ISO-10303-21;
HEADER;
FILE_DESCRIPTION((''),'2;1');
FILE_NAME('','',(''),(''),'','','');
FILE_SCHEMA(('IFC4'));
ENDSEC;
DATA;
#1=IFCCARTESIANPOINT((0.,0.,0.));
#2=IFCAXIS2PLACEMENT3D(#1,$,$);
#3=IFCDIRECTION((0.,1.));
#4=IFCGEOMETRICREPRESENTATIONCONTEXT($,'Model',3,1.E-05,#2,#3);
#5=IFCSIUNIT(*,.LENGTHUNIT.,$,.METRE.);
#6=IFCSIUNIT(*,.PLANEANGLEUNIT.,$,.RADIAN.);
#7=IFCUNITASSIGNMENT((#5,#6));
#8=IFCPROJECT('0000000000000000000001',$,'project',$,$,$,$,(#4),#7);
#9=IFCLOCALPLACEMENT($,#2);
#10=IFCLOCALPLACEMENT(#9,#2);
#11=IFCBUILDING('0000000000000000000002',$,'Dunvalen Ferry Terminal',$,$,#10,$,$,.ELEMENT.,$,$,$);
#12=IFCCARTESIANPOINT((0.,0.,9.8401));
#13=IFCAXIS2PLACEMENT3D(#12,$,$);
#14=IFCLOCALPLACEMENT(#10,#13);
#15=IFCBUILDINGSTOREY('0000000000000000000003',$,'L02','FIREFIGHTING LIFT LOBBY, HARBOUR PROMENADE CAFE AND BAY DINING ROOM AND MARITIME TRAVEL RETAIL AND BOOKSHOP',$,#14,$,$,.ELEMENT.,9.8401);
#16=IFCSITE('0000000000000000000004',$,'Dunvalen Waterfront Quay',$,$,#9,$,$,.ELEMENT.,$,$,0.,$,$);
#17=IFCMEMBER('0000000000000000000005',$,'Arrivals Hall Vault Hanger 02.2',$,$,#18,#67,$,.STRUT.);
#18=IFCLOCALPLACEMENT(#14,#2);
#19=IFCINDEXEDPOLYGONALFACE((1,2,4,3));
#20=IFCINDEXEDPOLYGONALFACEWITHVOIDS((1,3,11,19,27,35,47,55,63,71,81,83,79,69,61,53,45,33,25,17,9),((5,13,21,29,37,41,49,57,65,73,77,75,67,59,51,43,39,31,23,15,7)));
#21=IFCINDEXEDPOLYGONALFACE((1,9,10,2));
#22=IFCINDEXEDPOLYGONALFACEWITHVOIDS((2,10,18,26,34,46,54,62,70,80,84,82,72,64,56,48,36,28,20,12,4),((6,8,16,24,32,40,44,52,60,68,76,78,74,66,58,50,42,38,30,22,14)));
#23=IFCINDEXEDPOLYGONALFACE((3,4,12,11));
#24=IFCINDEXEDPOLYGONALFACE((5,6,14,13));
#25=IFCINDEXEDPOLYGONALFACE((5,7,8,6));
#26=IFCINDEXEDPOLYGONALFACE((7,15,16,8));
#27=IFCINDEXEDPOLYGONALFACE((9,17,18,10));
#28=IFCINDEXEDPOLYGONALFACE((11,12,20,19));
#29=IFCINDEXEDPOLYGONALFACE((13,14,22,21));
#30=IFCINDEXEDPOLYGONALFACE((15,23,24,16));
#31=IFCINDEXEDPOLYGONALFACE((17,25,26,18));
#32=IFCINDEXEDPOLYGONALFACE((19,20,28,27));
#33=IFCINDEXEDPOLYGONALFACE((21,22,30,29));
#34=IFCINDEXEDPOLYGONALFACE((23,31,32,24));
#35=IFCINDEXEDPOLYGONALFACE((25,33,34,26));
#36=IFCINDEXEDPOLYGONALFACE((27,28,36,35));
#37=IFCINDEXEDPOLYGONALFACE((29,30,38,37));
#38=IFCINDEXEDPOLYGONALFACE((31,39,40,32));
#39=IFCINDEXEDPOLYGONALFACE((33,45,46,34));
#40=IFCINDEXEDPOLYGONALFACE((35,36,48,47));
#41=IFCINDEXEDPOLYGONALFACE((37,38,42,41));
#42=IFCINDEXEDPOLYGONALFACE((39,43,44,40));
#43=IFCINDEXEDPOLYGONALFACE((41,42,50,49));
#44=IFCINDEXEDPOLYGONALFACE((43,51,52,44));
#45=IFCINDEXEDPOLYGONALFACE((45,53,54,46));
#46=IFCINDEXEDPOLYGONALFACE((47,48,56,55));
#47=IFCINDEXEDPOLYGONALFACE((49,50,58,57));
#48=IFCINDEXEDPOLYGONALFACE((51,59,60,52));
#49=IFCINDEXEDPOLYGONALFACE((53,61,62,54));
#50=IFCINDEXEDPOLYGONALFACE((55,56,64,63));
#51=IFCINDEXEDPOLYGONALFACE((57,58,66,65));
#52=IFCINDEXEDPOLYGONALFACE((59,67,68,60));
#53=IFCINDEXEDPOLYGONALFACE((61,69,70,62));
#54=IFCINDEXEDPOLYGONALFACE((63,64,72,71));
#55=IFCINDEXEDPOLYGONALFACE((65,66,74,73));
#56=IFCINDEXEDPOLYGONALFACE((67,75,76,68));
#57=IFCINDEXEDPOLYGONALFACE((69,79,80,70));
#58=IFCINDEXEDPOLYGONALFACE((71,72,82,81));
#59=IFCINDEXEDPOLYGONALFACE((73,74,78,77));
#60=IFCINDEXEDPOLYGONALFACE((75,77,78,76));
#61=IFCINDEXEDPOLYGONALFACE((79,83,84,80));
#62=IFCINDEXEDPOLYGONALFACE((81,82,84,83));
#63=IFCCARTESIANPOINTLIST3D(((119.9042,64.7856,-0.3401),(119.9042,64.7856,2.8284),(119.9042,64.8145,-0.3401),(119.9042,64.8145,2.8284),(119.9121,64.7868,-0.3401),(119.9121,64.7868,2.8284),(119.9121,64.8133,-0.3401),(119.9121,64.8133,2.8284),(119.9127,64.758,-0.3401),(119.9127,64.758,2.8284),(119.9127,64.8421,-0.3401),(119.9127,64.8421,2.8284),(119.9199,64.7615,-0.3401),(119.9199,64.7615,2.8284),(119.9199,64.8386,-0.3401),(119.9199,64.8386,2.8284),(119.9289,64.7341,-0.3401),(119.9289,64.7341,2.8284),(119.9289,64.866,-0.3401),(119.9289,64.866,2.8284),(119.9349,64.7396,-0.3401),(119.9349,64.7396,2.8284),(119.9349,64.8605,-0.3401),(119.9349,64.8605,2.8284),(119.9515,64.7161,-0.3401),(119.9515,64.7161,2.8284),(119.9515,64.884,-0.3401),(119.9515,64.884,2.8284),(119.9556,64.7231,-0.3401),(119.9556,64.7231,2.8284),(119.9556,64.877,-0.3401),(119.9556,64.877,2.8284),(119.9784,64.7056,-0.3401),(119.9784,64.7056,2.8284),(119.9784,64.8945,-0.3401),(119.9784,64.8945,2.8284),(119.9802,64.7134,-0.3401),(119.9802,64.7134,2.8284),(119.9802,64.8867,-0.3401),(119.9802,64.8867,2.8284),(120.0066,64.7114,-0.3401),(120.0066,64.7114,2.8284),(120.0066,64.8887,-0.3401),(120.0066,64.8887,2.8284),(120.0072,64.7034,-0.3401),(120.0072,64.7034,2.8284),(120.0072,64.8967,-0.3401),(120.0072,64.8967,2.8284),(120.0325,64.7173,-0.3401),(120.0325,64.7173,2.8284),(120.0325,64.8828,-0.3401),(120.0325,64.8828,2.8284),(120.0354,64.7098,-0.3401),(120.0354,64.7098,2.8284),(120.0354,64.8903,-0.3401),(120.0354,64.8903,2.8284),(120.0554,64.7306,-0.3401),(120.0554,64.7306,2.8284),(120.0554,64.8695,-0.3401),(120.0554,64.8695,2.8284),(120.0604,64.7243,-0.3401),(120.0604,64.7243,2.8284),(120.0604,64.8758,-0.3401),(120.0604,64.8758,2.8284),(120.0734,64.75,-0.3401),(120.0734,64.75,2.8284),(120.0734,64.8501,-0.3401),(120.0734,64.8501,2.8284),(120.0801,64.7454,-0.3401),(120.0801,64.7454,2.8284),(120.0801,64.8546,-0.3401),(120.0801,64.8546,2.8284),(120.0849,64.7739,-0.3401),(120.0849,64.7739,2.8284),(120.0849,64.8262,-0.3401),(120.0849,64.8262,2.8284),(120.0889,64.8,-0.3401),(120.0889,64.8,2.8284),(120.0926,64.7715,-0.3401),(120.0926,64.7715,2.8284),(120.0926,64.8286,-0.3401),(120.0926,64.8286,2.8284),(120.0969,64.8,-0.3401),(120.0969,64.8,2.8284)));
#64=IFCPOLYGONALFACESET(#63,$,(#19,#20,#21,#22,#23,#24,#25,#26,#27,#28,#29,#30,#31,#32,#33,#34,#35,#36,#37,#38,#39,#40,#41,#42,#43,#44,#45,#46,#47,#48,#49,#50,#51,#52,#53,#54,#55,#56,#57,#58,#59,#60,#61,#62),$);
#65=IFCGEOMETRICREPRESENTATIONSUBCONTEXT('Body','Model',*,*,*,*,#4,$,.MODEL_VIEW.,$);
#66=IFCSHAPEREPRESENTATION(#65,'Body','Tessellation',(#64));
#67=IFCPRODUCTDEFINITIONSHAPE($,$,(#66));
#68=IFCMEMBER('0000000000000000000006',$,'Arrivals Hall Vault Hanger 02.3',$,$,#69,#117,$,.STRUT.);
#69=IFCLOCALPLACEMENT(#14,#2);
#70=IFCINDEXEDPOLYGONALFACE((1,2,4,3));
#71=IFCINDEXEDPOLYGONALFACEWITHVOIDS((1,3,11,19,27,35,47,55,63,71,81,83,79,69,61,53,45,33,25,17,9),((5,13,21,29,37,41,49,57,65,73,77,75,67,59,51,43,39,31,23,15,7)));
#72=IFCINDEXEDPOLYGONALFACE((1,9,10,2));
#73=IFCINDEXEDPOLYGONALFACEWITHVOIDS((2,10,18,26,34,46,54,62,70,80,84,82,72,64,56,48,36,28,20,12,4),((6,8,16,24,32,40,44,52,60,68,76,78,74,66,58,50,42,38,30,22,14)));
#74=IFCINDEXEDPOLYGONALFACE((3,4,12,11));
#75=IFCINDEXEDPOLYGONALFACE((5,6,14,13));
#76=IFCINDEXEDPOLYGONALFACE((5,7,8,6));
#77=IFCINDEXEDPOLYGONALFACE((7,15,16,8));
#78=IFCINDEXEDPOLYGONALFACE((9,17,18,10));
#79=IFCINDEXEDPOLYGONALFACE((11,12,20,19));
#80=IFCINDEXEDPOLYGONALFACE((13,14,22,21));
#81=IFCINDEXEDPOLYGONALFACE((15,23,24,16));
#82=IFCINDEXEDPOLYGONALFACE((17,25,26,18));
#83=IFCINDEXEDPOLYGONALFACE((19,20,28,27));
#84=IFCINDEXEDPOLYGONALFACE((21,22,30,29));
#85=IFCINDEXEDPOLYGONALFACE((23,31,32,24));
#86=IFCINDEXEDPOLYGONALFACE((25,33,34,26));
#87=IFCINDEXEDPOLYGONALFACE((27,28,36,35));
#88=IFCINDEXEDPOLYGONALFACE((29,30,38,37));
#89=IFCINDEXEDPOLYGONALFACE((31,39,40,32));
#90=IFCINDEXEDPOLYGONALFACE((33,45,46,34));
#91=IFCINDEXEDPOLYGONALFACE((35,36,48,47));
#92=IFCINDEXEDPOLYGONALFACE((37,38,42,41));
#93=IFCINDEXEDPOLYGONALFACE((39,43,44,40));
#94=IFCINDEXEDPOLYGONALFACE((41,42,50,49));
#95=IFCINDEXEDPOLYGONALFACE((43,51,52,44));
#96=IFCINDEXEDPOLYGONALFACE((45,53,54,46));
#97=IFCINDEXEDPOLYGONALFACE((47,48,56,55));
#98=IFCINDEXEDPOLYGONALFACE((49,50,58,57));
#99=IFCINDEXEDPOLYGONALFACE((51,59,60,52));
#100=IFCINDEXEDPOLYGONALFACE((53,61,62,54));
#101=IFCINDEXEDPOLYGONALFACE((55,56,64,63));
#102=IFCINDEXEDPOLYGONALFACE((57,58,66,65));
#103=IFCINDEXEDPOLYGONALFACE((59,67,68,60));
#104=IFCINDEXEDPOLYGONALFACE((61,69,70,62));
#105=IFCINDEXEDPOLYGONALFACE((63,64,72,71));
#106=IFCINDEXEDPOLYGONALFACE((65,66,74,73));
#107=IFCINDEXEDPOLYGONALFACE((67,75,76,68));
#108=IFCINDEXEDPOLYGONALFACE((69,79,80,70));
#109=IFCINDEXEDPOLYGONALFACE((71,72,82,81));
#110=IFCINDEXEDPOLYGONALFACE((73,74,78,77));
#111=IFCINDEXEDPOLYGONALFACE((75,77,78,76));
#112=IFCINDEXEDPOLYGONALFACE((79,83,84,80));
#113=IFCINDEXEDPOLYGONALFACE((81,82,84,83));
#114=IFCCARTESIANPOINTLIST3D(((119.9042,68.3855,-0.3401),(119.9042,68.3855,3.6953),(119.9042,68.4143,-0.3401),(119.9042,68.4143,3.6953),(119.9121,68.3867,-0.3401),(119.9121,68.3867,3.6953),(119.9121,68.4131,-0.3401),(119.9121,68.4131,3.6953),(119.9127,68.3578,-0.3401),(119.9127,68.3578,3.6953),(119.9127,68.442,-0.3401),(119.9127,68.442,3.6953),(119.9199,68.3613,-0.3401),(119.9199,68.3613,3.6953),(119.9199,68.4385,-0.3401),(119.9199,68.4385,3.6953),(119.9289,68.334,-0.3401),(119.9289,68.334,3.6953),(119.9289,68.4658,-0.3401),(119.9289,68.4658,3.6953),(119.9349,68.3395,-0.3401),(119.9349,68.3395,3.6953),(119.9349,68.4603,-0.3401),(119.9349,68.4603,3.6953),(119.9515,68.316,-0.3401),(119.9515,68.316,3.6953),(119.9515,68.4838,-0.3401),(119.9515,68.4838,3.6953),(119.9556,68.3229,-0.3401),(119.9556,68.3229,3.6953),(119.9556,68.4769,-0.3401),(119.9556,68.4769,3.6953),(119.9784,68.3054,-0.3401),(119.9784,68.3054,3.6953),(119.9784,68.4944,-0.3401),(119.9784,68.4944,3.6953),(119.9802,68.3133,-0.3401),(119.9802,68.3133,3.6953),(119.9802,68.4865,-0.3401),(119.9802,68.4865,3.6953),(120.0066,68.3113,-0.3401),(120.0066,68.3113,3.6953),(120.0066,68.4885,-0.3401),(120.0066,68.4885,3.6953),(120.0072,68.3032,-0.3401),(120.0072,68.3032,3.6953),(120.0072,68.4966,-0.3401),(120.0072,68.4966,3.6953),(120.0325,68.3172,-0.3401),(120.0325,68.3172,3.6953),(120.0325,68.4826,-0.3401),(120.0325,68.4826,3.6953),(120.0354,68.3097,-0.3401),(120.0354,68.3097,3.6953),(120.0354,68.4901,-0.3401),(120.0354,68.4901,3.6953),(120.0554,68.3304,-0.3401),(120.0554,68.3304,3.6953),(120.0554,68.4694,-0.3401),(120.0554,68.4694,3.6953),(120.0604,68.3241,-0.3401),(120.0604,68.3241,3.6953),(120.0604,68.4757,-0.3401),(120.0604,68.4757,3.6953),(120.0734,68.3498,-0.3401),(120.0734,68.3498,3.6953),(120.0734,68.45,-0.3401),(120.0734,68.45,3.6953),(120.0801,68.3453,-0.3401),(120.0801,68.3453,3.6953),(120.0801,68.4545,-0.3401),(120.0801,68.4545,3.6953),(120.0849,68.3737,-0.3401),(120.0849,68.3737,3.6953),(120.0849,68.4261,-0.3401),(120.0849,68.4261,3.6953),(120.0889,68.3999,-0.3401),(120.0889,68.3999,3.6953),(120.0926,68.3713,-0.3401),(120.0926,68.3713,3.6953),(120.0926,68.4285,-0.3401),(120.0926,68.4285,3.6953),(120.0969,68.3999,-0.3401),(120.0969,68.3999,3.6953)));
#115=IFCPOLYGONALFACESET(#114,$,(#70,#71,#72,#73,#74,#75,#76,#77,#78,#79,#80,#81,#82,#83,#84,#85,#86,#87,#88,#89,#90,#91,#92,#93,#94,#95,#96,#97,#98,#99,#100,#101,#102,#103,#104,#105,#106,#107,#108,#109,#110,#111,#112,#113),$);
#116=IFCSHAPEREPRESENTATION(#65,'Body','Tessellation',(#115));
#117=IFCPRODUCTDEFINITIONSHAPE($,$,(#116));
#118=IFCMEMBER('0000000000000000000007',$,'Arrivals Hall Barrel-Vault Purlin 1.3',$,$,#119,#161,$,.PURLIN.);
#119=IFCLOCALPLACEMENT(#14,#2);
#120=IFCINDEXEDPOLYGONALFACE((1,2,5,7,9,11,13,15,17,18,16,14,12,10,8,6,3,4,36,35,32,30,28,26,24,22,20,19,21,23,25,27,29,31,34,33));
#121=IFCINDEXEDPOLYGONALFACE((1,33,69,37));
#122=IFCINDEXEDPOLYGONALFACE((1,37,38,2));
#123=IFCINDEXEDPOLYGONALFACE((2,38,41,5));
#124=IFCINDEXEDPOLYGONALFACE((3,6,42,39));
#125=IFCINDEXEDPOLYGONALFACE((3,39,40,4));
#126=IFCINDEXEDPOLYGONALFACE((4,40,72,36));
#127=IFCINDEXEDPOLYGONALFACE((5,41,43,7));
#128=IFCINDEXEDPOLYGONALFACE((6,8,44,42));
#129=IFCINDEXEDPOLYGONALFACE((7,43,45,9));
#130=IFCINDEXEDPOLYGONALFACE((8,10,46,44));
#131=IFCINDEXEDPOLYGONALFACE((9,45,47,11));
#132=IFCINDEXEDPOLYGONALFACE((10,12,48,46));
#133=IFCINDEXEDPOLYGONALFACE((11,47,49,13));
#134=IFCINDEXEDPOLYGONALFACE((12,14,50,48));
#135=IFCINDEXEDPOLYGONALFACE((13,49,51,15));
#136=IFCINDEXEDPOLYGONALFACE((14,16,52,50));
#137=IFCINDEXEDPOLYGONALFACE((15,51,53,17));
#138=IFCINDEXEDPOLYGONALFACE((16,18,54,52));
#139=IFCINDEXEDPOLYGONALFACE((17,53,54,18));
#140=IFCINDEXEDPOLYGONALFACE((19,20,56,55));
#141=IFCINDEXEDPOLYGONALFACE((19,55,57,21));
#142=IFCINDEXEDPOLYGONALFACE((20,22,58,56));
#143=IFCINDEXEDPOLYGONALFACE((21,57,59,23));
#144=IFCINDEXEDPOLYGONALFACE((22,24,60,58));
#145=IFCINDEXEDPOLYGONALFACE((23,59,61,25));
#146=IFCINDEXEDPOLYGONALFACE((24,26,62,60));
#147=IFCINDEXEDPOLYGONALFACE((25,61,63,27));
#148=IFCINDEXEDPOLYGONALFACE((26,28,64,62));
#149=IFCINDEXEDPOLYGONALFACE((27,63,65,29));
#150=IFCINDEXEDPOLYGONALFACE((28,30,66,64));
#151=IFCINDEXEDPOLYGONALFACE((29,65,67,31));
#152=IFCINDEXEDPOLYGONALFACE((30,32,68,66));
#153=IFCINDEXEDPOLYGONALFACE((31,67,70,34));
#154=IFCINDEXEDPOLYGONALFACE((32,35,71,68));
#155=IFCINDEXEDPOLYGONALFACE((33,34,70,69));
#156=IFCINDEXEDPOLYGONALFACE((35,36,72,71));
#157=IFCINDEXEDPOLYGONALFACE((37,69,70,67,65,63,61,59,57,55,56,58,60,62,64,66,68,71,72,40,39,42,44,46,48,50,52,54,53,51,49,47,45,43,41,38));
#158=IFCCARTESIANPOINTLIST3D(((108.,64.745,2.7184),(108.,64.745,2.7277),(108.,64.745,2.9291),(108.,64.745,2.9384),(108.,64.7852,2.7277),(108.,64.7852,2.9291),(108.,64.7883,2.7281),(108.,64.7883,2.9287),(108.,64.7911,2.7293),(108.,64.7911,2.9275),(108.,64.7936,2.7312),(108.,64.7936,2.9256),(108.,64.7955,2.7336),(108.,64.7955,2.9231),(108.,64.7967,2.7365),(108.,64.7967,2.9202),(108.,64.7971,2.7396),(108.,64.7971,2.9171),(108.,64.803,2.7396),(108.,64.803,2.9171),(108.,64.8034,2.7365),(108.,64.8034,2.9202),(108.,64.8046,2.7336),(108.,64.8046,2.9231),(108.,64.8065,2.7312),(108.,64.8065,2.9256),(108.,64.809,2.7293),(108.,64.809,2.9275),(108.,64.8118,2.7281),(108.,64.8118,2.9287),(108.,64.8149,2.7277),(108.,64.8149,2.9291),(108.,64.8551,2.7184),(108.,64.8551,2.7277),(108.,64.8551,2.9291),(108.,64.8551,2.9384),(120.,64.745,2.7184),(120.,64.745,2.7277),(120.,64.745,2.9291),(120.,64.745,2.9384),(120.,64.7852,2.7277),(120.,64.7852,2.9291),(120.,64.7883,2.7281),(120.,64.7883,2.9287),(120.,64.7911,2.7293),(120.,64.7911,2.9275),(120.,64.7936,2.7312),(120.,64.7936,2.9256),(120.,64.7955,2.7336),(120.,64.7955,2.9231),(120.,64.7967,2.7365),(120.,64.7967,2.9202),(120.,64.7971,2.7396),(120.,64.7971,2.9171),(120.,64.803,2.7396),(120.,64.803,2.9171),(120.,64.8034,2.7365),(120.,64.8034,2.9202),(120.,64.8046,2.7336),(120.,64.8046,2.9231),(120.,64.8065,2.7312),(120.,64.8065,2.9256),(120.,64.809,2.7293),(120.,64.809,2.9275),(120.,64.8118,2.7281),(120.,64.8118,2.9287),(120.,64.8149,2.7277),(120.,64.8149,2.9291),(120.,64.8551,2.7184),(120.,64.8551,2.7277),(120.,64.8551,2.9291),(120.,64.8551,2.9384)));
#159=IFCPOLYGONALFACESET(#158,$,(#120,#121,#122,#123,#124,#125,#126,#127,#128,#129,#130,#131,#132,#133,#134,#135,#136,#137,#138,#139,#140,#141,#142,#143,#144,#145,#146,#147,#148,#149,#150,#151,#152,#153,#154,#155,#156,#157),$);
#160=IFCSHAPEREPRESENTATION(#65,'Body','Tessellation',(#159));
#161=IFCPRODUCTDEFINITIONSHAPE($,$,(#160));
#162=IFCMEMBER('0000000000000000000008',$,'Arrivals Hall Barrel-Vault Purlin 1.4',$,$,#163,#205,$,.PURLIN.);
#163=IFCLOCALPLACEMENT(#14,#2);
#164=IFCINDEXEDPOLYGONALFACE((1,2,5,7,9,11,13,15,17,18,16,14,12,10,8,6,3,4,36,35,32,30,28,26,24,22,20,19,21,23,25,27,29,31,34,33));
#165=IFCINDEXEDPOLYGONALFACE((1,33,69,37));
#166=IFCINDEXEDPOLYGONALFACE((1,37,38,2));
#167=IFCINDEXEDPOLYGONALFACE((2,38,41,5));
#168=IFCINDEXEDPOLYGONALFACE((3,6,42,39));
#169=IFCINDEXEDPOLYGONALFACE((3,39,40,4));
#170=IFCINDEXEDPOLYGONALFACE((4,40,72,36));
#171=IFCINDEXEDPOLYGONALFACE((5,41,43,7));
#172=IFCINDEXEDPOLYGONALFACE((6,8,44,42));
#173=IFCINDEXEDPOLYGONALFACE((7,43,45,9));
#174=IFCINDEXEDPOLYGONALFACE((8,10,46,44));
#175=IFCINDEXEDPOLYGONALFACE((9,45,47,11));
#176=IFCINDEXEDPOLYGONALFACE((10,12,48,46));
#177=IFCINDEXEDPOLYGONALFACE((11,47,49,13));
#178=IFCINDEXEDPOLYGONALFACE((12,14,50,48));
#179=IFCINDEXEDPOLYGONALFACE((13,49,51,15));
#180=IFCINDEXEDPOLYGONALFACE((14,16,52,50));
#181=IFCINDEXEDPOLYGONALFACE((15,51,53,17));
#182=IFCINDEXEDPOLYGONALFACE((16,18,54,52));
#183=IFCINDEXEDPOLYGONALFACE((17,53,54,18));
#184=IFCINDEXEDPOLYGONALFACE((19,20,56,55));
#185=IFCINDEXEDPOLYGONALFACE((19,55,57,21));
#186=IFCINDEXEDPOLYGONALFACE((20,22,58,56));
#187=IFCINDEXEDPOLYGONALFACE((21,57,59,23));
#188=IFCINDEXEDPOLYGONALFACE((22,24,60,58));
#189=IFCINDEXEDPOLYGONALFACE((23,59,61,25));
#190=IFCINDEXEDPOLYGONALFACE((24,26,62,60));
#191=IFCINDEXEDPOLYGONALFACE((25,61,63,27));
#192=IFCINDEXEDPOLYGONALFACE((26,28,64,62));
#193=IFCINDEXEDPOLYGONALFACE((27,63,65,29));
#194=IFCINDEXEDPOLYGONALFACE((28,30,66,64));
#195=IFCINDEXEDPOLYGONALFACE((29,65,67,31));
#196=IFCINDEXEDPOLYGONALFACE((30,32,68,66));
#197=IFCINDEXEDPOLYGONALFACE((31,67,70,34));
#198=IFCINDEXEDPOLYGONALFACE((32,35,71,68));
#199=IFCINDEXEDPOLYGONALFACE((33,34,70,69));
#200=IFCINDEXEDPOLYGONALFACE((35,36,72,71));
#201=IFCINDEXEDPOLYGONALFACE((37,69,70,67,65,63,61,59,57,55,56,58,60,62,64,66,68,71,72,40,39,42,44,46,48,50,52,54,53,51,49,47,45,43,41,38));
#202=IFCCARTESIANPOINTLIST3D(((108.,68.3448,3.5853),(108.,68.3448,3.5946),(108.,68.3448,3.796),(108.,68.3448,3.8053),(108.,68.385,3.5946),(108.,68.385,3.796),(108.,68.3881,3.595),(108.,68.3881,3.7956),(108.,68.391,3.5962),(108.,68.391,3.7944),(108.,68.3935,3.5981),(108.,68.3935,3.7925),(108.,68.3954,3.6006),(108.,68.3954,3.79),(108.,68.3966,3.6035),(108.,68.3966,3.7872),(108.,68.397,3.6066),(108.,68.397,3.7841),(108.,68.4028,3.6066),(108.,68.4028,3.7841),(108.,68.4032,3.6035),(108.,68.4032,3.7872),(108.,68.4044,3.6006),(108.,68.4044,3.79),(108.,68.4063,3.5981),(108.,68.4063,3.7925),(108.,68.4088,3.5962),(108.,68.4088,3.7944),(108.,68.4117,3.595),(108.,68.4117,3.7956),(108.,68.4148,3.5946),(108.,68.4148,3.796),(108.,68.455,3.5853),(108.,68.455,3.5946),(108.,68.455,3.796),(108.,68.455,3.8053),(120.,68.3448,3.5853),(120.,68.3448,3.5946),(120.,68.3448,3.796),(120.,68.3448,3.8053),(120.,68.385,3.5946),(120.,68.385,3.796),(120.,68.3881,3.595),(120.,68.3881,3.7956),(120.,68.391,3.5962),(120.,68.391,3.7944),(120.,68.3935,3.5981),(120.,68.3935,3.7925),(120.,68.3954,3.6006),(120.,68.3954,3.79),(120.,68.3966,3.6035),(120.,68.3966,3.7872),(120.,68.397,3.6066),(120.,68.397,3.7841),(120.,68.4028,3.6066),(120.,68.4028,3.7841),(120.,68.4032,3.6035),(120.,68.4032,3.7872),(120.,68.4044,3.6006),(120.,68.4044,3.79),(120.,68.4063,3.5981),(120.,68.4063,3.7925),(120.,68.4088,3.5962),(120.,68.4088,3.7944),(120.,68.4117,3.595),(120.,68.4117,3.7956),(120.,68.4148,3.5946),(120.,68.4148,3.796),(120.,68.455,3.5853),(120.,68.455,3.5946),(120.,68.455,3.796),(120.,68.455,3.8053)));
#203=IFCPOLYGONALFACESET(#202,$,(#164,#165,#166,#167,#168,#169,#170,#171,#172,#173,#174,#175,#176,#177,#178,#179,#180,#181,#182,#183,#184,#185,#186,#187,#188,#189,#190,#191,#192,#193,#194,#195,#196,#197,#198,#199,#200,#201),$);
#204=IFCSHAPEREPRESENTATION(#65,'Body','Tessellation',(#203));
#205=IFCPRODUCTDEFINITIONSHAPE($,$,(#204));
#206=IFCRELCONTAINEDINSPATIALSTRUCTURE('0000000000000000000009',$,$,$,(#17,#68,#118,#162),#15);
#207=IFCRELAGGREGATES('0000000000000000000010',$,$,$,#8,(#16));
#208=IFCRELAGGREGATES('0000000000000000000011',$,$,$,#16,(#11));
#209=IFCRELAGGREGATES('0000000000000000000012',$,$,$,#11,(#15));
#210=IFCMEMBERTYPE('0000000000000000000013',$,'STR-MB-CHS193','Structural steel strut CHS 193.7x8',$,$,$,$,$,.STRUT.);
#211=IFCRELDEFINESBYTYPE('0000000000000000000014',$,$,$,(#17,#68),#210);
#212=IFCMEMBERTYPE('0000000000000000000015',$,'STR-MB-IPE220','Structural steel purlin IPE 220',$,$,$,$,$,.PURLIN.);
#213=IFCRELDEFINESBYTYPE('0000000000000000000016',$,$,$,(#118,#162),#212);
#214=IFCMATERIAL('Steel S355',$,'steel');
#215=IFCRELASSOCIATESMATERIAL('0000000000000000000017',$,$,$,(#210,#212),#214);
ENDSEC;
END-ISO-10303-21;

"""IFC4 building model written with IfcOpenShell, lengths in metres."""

from ifc_helpers import new_model, si_unit, direction, frame, origin, origin_2d, place, context, subcontext, project, spatial, hollow_circle, i_section, extrude, material, material_profile, profile_set, type_object, element, save


model = new_model("IFC4")

# Units and contexts
model_context = context("Model", 3, precision=1e-05, world=origin(), true_north=direction((0.0, 1.0)))
body_context = subcontext(model_context, "Body", "Model", "MODEL_VIEW")
ifc_project = project(units=[si_unit("LENGTHUNIT", "METRE"), si_unit("PLANEANGLEUNIT", "RADIAN")], contexts=[model_context])

# Site, building, storey
site_placement = place(None, origin())
site = spatial("IfcSite", under=ifc_project, at=site_placement, Name="Dunvalen Waterfront Quay", CompositionType="ELEMENT", RefElevation=0.0)
building_placement = place(site_placement, origin())
building = spatial("IfcBuilding", under=site, at=building_placement, Name="Dunvalen Ferry Terminal", CompositionType="ELEMENT")
storey_placement = place(building_placement, frame((0.0, 0.0, 9.8401)))
storey = spatial("IfcBuildingStorey", under=building, at=storey_placement, Name="L02", Description="FIREFIGHTING LIFT LOBBY, HARBOUR PROMENADE CAFE AND BAY DINING ROOM AND MARITIME TRAVEL RETAIL AND BOOKSHOP", CompositionType="ELEMENT", Elevation=9.8401)

# Shared definitions
ifc_material_1 = material(Name="Steel S355", Category="steel")

# Members
ifc_material_profile_1 = material_profile(ifc_material_1, hollow_circle(Radius=0.0969, WallThickness=0.0081, at=origin_2d()), Name="Steel S355")
ifc_profile_set_1 = profile_set([ifc_material_profile_1], Name="Steel S355")
member_type_1 = type_object("IfcMemberType", Name="STR-MB-CHS193", Description="Structural steel strut CHS 193.7x8", PredefinedType="STRUT", material=ifc_profile_set_1)
member_1_placement = place(storey_placement, frame((120.0, 64.8, -0.3401), z_axis=(0.0, 0.0, 1.0), x_axis=(1.0, 0.0, 0.0)))
element("IfcMember", 1, at=member_1_placement, inside=storey, type_object=member_type_1, Name="Arrivals Hall Vault Hanger 02.2", PredefinedType="STRUT", context=body_context, shape_type="SweptSolid", body=[
    extrude(hollow_circle(Radius=0.0969, WallThickness=0.0081, at=origin_2d()), origin(), (0.0, 0.0, 1.0), 3.1685),
])
member_2_placement = place(storey_placement, frame((120.0, 68.3999, -0.3401), z_axis=(0.0, 0.0, 1.0), x_axis=(1.0, 0.0, 0.0)))
element("IfcMember", 2, at=member_2_placement, inside=storey, type_object=member_type_1, Name="Arrivals Hall Vault Hanger 02.3", PredefinedType="STRUT", context=body_context, shape_type="SweptSolid", body=[
    extrude(hollow_circle(Radius=0.0969, WallThickness=0.0081, at=origin_2d()), origin(), (0.0, 0.0, 1.0), 4.0354),
])
ifc_material_profile_2 = material_profile(ifc_material_1, i_section(OverallWidth=0.1101, OverallDepth=0.22, WebThickness=0.0059, FlangeThickness=0.0093, FilletRadius=0.012, at=origin_2d()), Name="Steel S355")
ifc_profile_set_2 = profile_set([ifc_material_profile_2], Name="Steel S355")
member_type_2 = type_object("IfcMemberType", Name="STR-MB-IPE220", Description="Structural steel purlin IPE 220", PredefinedType="PURLIN", material=ifc_profile_set_2)
for number, where, z_axis, x_axis, name in (
    (3, (108.0, 64.8, 2.8284), (1.0, 0.0, 0.0), (0.0, 1.0, 0.0), "Arrivals Hall Barrel-Vault Purlin 1.3"),
    (4, (108.0, 68.3999, 3.6953), (1.0, 0.0, 0.0), (0.0, 1.0, 0.0), "Arrivals Hall Barrel-Vault Purlin 1.4"),
):
    element("IfcMember", number, at=place(storey_placement, frame(where, z_axis=z_axis, x_axis=x_axis)), inside=storey, type_object=member_type_2, Name=name, PredefinedType="PURLIN", context=body_context, shape_type="SweptSolid", body=[
        extrude(i_section(OverallWidth=0.1101, OverallDepth=0.22, WebThickness=0.0059, FlangeThickness=0.0093, FilletRadius=0.012, at=origin_2d()), origin(), (0.0, 0.0, 1.0), 12.0),
    ])

save(model, "model.ifc")
